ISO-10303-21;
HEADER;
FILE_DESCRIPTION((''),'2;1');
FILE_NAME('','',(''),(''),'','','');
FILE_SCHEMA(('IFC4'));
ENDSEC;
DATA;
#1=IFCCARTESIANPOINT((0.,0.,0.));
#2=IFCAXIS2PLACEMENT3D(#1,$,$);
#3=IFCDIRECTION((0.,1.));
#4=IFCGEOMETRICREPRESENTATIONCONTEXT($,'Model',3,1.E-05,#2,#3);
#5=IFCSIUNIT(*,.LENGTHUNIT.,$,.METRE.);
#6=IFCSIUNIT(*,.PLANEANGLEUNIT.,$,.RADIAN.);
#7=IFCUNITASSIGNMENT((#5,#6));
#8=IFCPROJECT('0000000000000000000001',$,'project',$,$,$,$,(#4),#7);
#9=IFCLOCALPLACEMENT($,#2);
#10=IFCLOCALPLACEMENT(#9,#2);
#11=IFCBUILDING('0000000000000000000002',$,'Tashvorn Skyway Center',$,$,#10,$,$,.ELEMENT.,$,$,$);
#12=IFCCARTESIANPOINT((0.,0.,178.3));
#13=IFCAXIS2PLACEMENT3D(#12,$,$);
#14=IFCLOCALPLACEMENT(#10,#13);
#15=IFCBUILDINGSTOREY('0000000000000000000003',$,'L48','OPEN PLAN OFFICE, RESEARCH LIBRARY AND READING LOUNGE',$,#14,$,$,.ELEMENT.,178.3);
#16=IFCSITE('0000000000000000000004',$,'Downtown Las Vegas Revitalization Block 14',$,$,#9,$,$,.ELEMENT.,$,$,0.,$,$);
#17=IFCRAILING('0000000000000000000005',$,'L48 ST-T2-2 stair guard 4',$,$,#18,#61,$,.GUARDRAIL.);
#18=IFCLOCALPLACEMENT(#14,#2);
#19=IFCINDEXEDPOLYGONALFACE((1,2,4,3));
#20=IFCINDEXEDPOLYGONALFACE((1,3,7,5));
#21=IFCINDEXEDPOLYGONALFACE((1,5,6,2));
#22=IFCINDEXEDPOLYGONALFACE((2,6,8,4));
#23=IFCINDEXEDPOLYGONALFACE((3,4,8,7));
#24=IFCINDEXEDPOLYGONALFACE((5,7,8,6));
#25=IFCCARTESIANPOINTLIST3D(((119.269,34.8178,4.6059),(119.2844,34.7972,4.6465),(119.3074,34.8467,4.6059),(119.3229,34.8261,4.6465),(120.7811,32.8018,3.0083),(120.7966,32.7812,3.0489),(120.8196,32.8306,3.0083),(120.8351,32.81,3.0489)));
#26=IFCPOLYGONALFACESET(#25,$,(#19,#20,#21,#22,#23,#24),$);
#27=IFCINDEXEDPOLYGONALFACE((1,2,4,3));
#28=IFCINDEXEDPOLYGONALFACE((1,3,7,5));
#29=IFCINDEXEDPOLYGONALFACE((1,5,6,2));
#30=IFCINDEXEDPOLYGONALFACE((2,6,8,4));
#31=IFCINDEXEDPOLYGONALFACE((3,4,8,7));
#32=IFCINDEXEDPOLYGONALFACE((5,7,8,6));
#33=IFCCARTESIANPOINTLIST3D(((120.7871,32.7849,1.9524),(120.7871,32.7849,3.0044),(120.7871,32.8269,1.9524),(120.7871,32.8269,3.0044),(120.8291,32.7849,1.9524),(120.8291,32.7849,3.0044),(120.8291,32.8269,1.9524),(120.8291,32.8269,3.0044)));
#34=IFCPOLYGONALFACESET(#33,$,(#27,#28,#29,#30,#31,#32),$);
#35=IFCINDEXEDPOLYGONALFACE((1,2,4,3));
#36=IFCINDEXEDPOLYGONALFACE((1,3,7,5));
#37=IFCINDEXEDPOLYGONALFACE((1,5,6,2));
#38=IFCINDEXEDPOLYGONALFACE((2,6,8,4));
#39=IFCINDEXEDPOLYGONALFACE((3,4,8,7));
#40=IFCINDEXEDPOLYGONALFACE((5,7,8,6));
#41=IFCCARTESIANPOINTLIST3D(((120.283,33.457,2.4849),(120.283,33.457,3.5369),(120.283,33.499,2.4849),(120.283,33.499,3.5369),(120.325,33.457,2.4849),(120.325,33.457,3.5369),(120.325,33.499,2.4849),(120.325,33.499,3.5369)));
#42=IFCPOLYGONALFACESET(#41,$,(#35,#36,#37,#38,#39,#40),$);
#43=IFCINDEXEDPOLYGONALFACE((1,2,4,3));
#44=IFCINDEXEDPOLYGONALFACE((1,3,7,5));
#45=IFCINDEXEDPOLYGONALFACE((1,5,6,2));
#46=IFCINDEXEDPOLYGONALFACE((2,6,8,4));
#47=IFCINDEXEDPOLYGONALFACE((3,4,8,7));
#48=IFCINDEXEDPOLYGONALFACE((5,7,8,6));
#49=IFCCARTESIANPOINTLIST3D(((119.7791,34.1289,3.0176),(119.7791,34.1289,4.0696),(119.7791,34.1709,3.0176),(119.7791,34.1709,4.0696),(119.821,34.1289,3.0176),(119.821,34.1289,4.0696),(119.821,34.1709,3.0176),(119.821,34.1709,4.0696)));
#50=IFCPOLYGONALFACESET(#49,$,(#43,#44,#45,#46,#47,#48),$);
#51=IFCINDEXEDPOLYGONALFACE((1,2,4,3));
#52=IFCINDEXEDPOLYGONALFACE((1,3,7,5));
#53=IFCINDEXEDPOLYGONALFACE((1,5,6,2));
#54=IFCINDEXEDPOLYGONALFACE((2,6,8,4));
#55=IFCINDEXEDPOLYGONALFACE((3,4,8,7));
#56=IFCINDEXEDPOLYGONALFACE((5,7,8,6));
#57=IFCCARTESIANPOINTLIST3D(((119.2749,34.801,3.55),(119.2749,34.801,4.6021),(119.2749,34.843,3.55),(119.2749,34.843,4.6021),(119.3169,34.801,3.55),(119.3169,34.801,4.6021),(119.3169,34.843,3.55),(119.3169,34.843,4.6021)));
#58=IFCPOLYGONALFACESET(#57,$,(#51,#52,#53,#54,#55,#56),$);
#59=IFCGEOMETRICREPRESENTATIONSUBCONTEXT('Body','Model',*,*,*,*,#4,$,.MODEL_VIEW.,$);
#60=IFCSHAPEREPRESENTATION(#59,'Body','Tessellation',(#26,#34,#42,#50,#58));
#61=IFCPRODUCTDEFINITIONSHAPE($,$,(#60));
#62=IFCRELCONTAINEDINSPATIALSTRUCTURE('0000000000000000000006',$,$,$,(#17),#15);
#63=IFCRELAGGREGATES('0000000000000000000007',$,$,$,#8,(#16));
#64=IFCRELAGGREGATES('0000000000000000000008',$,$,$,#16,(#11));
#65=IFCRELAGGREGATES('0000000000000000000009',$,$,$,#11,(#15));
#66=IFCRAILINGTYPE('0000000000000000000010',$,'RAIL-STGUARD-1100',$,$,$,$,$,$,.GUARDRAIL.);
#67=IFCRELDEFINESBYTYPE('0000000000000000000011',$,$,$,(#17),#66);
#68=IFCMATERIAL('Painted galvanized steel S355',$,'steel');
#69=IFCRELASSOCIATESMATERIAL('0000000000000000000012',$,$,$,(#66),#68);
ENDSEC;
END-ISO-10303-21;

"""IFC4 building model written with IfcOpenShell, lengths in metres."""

from ifc_helpers import new_model, si_unit, direction, frame, origin, origin_2d, place, context, subcontext, project, spatial, rectangle, extrude, material, type_object, element, save


model = new_model("IFC4")

# Units and contexts
model_context = context("Model", 3, precision=1e-05, world=origin(), true_north=direction((0.0, 1.0)))
body_context = subcontext(model_context, "Body", "Model", "MODEL_VIEW")
ifc_project = project(units=[si_unit("LENGTHUNIT", "METRE"), si_unit("PLANEANGLEUNIT", "RADIAN")], contexts=[model_context])

# Site, building, storey
site_placement = place(None, origin())
site = spatial("IfcSite", under=ifc_project, at=site_placement, Name="Downtown Las Vegas Revitalization Block 14", CompositionType="ELEMENT", RefElevation=0.0)
building_placement = place(site_placement, origin())
building = spatial("IfcBuilding", under=site, at=building_placement, Name="Tashvorn Skyway Center", CompositionType="ELEMENT")
storey_placement = place(building_placement, frame((0.0, 0.0, 178.3)))
storey = spatial("IfcBuildingStorey", under=building, at=storey_placement, Name="L48", Description="OPEN PLAN OFFICE, RESEARCH LIBRARY AND READING LOUNGE", CompositionType="ELEMENT", Elevation=178.3)

# Railing
ifc_material_1 = material(Name="Painted galvanized steel S355", Category="steel")
railing_type_1 = type_object("IfcRailingType", Name="RAIL-STGUARD-1100", PredefinedType="GUARDRAIL", material=ifc_material_1)
railing_1_placement = place(storey_placement, frame((120.8081, 32.8059, 1.9524)))
element("IfcRailing", 1, at=railing_1_placement, inside=storey, type_object=railing_type_1, Name="L48 ST-T2-2 stair guard 4", PredefinedType="GUARDRAIL", context=body_context, shape_type="SweptSolid", body=[
    extrude(rectangle(XDim=0.0481, YDim=0.0481, at=origin_2d()), frame((0.0, 0.0, 1.0762), z_axis=(-0.506779, 0.675651, 0.535416), x_axis=(-0.799977, -0.600031, 0.0)), (0.0, 0.0, 1.0), 2.9839),
    extrude(rectangle(XDim=0.042, YDim=0.042, at=origin_2d()), origin(), (0.0, 0.0, 1.0), 1.052),
    extrude(rectangle(XDim=0.042, YDim=0.042, at=origin_2d()), frame((-0.5042, 0.6721, 0.5325)), (0.0, 0.0, 1.0), 1.052),
    extrude(rectangle(XDim=0.042, YDim=0.042, at=origin_2d()), frame((-1.0081, 1.344, 1.0652)), (0.0, 0.0, 1.0), 1.052),
    extrude(rectangle(XDim=0.042, YDim=0.042, at=origin_2d()), frame((-1.5122, 2.0161, 1.5977)), (0.0, 0.0, 1.0), 1.052),
])

save(model, "model.ifc")
